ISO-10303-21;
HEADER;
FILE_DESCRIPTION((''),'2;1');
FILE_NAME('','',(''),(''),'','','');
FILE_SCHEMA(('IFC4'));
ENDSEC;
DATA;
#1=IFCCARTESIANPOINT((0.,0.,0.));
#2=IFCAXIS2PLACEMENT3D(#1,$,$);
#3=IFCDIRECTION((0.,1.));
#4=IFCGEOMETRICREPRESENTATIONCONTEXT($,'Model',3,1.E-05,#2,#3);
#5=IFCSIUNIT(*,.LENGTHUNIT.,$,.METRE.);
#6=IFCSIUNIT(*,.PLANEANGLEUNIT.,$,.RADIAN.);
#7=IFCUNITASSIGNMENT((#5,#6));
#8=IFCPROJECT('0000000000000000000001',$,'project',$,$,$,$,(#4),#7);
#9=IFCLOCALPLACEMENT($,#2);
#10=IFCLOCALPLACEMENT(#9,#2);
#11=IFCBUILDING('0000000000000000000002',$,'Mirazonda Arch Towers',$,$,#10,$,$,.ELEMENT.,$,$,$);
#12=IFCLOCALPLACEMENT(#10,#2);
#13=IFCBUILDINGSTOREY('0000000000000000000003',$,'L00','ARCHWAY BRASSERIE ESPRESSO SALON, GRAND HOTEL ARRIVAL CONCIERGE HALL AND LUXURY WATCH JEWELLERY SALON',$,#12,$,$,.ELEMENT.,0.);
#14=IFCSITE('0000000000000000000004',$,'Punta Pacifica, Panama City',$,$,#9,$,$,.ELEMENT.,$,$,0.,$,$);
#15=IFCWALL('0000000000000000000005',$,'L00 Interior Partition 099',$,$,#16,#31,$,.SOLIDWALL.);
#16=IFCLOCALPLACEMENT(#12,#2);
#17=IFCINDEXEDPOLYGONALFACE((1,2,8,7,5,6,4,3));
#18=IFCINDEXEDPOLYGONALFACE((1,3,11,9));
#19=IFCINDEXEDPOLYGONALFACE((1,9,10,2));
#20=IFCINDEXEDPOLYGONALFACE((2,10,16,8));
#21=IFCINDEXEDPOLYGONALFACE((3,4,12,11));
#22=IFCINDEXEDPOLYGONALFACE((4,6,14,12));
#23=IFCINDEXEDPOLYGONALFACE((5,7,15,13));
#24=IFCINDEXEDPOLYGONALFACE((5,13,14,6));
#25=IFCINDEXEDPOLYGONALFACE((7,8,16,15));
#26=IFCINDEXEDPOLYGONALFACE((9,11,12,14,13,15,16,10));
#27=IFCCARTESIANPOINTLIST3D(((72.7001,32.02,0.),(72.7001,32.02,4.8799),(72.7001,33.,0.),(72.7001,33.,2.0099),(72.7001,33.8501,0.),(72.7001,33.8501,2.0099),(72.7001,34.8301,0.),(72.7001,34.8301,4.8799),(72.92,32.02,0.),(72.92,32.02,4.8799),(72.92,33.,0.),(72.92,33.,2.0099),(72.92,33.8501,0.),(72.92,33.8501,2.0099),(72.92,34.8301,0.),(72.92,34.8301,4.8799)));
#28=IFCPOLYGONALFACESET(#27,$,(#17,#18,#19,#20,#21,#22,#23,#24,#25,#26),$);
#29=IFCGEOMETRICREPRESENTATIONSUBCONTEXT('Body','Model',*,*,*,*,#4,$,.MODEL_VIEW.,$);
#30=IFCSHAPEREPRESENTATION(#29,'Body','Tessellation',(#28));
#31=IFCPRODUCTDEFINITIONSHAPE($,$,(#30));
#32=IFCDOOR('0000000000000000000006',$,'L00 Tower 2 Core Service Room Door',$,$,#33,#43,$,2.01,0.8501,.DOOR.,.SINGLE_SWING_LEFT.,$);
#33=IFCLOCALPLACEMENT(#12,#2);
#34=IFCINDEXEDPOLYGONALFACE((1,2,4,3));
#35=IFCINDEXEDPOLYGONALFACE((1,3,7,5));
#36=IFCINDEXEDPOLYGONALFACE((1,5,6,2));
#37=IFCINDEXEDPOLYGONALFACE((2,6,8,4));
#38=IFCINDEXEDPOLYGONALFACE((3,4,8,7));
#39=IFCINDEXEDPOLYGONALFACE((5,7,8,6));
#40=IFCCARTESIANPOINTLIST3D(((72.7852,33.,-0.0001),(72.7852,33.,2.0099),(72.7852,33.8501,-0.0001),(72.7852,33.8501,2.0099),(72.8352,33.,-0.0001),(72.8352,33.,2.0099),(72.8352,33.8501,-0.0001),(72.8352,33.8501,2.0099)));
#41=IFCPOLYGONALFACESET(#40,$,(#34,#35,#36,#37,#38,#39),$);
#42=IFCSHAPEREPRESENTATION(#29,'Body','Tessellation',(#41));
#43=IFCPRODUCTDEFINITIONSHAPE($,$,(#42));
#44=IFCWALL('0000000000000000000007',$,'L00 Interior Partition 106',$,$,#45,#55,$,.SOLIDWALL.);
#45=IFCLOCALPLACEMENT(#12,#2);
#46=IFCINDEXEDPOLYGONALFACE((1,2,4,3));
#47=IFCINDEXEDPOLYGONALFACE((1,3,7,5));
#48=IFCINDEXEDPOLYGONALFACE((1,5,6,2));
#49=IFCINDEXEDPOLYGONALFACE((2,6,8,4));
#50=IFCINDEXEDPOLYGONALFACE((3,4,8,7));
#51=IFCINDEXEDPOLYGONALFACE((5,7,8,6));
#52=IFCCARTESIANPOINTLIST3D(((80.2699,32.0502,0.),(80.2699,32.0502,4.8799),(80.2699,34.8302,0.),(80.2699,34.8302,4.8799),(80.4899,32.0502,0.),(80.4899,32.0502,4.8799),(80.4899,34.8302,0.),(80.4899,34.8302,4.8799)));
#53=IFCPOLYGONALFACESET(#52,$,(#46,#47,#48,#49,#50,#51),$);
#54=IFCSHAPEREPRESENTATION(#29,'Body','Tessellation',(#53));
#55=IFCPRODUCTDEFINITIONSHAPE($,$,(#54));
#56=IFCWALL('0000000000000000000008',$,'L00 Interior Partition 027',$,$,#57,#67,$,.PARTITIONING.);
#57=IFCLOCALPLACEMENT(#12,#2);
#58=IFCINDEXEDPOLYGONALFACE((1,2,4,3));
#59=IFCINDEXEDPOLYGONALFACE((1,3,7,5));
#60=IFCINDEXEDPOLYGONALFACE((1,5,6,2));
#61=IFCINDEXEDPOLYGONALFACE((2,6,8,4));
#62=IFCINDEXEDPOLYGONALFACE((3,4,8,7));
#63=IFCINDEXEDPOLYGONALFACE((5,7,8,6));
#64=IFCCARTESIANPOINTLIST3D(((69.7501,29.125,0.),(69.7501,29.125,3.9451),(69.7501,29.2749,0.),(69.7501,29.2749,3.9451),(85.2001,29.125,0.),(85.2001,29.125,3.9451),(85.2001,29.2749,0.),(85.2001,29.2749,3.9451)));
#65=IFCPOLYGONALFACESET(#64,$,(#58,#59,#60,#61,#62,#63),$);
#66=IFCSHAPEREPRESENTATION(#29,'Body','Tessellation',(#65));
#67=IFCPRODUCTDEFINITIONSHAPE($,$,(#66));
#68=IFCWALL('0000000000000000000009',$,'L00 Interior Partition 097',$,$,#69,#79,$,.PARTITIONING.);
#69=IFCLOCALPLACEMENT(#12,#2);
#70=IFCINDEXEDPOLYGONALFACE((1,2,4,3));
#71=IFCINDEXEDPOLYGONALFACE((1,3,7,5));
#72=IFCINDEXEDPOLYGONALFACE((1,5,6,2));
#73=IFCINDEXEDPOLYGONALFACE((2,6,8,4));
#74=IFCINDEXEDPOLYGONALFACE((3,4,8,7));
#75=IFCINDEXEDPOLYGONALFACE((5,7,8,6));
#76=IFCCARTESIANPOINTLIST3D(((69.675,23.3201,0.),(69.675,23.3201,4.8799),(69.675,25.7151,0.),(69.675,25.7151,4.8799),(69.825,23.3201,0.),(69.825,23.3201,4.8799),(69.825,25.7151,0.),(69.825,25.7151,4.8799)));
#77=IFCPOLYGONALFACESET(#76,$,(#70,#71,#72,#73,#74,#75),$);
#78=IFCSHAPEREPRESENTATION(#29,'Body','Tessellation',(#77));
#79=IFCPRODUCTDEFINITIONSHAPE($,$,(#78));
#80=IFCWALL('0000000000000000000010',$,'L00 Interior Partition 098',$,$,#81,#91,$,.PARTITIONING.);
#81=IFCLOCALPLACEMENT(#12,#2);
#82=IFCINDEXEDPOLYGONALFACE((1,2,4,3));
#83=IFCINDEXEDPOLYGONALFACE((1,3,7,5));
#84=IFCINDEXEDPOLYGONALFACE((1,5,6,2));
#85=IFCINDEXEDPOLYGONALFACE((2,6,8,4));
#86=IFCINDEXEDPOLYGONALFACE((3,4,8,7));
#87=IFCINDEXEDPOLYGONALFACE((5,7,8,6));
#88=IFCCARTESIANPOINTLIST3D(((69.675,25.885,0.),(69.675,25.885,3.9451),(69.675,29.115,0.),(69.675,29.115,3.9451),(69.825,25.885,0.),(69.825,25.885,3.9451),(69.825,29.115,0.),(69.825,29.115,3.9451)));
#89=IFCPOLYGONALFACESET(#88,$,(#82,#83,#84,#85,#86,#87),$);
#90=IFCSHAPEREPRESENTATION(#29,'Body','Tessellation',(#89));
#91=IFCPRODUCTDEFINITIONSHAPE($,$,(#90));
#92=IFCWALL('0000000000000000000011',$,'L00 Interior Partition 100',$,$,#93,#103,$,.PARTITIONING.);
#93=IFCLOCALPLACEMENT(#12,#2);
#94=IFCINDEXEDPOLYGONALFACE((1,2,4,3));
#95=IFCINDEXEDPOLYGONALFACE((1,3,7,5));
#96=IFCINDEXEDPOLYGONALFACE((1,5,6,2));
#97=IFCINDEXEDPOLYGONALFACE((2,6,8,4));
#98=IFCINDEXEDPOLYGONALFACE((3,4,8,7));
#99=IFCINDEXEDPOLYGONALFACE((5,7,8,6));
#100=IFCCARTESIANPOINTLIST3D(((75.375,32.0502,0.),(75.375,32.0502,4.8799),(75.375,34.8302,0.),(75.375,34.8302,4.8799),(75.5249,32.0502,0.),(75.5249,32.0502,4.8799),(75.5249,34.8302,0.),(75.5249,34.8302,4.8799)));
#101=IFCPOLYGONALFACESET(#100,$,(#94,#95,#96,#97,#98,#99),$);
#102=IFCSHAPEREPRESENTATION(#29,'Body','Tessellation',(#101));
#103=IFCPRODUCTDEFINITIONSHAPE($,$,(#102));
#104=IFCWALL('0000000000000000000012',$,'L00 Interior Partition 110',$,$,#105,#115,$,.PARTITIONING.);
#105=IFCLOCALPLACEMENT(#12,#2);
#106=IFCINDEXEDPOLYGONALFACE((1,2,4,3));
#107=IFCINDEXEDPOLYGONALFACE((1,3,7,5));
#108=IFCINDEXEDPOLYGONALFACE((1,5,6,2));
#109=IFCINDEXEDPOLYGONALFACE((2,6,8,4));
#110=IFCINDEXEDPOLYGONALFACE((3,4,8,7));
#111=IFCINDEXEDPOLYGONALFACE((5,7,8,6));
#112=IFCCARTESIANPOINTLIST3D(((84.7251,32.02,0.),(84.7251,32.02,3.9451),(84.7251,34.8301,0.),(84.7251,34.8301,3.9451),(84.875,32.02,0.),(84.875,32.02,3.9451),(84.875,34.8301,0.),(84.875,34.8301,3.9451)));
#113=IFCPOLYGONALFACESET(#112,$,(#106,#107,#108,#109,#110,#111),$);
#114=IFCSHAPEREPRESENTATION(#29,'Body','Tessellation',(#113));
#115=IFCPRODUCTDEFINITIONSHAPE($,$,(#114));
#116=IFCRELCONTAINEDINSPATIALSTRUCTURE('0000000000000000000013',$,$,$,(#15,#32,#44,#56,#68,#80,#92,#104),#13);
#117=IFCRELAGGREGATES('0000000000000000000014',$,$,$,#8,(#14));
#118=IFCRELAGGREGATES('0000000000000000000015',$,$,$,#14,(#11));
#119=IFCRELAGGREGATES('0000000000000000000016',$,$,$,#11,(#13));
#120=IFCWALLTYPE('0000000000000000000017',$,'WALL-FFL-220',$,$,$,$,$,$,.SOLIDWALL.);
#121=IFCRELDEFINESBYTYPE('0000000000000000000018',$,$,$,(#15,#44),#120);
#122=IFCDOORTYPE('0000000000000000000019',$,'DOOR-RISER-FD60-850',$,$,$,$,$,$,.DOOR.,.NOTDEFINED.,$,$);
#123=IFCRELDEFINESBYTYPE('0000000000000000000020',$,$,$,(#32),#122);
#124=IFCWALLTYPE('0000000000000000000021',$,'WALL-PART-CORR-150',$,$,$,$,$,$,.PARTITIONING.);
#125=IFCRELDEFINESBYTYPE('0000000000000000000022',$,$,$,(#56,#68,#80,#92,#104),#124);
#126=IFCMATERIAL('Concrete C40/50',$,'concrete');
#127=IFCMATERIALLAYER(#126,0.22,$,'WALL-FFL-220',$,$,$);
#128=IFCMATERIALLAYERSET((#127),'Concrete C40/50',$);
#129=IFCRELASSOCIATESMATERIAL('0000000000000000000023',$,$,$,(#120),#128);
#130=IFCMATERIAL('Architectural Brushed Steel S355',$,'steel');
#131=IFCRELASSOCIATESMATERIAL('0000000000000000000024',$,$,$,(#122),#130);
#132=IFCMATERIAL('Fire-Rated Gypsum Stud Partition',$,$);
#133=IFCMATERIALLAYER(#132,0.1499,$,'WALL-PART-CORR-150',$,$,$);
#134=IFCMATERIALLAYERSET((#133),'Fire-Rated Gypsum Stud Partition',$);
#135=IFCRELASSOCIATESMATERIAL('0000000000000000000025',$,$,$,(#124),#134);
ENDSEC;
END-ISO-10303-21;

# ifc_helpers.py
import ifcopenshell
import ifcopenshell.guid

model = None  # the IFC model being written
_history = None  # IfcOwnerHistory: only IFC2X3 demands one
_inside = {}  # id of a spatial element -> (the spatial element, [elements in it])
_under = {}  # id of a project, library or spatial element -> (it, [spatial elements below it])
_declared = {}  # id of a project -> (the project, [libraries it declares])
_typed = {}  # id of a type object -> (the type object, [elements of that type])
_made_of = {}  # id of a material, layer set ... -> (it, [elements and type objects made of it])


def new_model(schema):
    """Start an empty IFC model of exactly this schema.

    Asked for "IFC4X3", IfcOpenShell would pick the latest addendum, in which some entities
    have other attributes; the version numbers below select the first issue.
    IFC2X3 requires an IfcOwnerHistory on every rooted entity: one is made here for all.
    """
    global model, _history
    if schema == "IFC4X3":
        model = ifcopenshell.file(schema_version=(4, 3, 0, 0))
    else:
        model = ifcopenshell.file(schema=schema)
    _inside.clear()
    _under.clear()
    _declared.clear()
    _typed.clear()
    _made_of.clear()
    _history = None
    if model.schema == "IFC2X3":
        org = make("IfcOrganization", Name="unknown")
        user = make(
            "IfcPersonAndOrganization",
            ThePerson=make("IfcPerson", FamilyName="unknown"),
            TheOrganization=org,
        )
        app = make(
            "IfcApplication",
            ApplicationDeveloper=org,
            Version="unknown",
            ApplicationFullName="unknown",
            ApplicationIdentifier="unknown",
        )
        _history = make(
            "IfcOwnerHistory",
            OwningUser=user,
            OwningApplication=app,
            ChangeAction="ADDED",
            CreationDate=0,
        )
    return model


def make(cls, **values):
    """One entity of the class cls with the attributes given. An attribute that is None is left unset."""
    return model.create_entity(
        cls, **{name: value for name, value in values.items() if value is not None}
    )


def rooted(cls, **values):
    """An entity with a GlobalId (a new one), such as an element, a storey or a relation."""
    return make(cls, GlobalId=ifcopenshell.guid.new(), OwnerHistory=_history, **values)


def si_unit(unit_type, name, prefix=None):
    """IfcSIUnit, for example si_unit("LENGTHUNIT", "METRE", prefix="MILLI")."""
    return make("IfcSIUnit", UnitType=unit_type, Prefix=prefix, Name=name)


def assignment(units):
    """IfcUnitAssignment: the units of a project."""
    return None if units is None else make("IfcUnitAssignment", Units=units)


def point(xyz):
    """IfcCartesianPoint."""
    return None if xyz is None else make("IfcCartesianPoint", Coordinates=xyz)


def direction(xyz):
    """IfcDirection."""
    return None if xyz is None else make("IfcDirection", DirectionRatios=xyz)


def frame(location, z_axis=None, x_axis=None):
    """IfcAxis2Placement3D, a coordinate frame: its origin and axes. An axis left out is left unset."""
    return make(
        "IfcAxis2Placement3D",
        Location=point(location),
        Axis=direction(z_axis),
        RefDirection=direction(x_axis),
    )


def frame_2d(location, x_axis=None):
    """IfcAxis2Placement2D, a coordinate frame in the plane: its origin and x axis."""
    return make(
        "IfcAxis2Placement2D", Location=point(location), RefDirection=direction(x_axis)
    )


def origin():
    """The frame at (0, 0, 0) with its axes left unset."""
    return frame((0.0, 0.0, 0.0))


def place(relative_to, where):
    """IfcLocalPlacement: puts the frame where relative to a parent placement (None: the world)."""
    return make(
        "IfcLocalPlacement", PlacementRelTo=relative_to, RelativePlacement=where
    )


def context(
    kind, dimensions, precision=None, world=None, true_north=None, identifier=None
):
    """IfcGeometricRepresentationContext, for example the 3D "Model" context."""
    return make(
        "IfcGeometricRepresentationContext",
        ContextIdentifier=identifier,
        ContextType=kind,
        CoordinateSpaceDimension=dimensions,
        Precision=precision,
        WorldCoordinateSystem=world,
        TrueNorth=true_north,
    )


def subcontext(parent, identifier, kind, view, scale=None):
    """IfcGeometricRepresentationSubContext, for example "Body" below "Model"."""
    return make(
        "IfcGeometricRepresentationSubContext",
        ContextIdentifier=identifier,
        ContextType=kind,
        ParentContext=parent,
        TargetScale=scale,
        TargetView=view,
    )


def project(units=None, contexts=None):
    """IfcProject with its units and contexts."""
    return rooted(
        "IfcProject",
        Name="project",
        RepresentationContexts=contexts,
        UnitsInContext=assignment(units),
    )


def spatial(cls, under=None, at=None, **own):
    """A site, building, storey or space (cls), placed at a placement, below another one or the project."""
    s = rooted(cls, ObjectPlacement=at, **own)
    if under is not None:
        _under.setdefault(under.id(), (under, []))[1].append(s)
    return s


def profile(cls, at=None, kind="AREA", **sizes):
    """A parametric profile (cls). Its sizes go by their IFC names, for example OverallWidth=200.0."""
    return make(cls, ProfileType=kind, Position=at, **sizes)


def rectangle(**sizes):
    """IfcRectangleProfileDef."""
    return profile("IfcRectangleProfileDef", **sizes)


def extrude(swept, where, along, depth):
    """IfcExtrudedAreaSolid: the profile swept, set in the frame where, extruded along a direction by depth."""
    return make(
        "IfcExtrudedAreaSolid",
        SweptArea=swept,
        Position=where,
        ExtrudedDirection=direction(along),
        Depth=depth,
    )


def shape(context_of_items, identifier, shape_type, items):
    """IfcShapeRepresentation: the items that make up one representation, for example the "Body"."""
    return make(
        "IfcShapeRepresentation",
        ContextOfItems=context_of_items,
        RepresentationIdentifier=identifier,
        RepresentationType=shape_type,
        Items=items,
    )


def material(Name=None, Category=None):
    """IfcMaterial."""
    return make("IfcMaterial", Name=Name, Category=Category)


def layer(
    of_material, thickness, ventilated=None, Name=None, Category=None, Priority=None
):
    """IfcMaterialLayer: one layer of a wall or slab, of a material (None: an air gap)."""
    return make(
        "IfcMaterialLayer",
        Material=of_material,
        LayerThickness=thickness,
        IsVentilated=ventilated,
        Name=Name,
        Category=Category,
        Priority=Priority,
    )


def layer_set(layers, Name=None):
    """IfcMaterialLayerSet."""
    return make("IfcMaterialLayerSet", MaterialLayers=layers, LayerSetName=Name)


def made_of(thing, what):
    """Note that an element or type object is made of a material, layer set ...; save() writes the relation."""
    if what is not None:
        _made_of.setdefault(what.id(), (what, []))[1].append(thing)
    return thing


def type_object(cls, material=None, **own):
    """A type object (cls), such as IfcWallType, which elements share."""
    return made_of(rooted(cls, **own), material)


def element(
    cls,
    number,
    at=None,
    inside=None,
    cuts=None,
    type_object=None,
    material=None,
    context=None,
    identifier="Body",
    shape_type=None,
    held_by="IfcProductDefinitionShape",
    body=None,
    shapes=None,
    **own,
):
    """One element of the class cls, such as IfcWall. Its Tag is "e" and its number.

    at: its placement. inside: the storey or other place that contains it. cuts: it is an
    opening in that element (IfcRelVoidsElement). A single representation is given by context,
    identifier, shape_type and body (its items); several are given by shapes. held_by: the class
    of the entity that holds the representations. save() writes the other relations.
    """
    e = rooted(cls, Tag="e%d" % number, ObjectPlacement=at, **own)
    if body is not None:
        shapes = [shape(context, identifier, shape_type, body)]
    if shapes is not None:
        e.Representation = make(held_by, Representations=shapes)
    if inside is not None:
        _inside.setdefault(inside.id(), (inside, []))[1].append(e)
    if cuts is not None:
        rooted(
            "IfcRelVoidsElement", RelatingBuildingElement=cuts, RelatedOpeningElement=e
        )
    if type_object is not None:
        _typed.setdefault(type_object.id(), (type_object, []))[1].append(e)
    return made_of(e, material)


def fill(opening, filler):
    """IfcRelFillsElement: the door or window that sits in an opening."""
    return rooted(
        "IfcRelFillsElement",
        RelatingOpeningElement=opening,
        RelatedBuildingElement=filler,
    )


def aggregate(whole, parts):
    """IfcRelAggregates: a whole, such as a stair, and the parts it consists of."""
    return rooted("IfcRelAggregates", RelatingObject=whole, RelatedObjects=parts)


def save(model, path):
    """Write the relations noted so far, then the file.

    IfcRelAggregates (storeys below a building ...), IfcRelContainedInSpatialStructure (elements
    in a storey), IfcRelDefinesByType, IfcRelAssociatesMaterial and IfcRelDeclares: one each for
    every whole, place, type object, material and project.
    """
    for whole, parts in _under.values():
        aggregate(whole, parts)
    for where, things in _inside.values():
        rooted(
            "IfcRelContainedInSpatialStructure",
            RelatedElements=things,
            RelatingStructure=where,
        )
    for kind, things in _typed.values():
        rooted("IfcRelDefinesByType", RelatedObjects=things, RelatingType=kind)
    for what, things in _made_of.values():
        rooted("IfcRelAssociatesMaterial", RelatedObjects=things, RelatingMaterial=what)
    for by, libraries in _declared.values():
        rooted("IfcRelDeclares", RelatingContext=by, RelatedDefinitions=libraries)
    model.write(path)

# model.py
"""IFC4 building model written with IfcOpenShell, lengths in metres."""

from ifc_helpers import new_model, si_unit, direction, frame, frame_2d, origin, place, context, subcontext, project, spatial, rectangle, extrude, material, layer, layer_set, type_object, element, fill, save


model = new_model("IFC4")

# Units and contexts
model_context = context("Model", 3, precision=1e-05, world=origin(), true_north=direction((0.0, 1.0)))
body_context = subcontext(model_context, "Body", "Model", "MODEL_VIEW")
ifc_project = project(units=[si_unit("LENGTHUNIT", "METRE"), si_unit("PLANEANGLEUNIT", "RADIAN")], contexts=[model_context])

# Site, building, storey
site_placement = place(None, origin())
site = spatial("IfcSite", under=ifc_project, at=site_placement, Name="Punta Pacifica, Panama City", CompositionType="ELEMENT", RefElevation=0.0)
building_placement = place(site_placement, origin())
building = spatial("IfcBuilding", under=site, at=building_placement, Name="Mirazonda Arch Towers", CompositionType="ELEMENT")
storey_placement = place(building_placement, origin())
storey = spatial("IfcBuildingStorey", under=building, at=storey_placement, Name="L00", Description="ARCHWAY BRASSERIE ESPRESSO SALON, GRAND HOTEL ARRIVAL CONCIERGE HALL AND LUXURY WATCH JEWELLERY SALON", CompositionType="ELEMENT", Elevation=0.0)

# Wall, opening, door
ifc_material_1 = material(Name="Concrete C40/50", Category="concrete")
ifc_layer_1 = layer(ifc_material_1, 0.22, Name="WALL-FFL-220")
ifc_layer_set_1 = layer_set([ifc_layer_1], Name="Concrete C40/50")
wall_type_1 = type_object("IfcWallType", Name="WALL-FFL-220", PredefinedType="SOLIDWALL", material=ifc_layer_set_1)
wall_1_placement = place(storey_placement, frame((72.8101, 32.02, 0.0), z_axis=(0.0, 0.0, 1.0), x_axis=(0.0, 1.0, 0.0)))
wall_1 = element("IfcWall", 1, at=wall_1_placement, inside=storey, type_object=wall_type_1, Name="L00 Interior Partition 099", PredefinedType="SOLIDWALL", context=body_context, shape_type="SweptSolid", body=[
    extrude(rectangle(XDim=2.8101, YDim=0.22, at=frame_2d((1.405, 0.0))), origin(), (0.0, 0.0, 1.0), 4.8799),
])
opening_placement = place(wall_1_placement, frame((0.98, 0.0, 0.0)))
opening = element("IfcOpeningElement", 2, at=opening_placement, cuts=wall_1, PredefinedType="OPENING", context=body_context, shape_type="SweptSolid", body=[
    extrude(rectangle(XDim=0.8501, YDim=2.01, at=frame_2d((0.425, 1.0049))), frame((0.0, 0.1199, 0.0), z_axis=(0.0, -1.0, 0.0), x_axis=(1.0, 0.0, 0.0)), (0.0, 0.0, 1.0), 0.24),
])
ifc_material_2 = material(Name="Architectural Brushed Steel S355", Category="steel")
door_type = type_object("IfcDoorType", Name="DOOR-RISER-FD60-850", OperationType="NOTDEFINED", PredefinedType="DOOR", material=ifc_material_2)
door_placement = place(opening_placement, origin())
door = element("IfcDoor", 3, at=door_placement, inside=storey, type_object=door_type, Name="L00 Tower 2 Core Service Room Door", OperationType="SINGLE_SWING_LEFT", OverallHeight=2.01, OverallWidth=0.8501, PredefinedType="DOOR", context=body_context, shape_type="SweptSolid", body=[
    extrude(rectangle(XDim=0.8501, YDim=2.01, at=frame_2d((0.425, 1.0049))), frame((0.0, 0.0249, 0.0), z_axis=(0.0, -1.0, 0.0), x_axis=(1.0, 0.0, 0.0)), (0.0, 0.0, 1.0), 0.05),
])
fill(opening, door)

# Walls
wall_2_placement = place(storey_placement, frame((80.3799, 32.05, 0.0), z_axis=(0.0, 0.0, 1.0), x_axis=(0.0, 1.0, 0.0)))
element("IfcWall", 4, at=wall_2_placement, inside=storey, type_object=wall_type_1, Name="L00 Interior Partition 106", PredefinedType="SOLIDWALL", context=body_context, shape_type="SweptSolid", body=[
    extrude(rectangle(XDim=2.78, YDim=0.22, at=frame_2d((1.3901, 0.0))), origin(), (0.0, 0.0, 1.0), 4.8799),
])
ifc_material_3 = material(Name="Fire-Rated Gypsum Stud Partition")
ifc_layer_2 = layer(ifc_material_3, 0.1499, Name="WALL-PART-CORR-150")
ifc_layer_set_2 = layer_set([ifc_layer_2], Name="Fire-Rated Gypsum Stud Partition")
wall_type_2 = type_object("IfcWallType", Name="WALL-PART-CORR-150", PredefinedType="PARTITIONING", material=ifc_layer_set_2)
wall_3_placement = place(storey_placement, frame((69.75, 29.2, 0.0), z_axis=(0.0, 0.0, 1.0), x_axis=(1.0, 0.0, 0.0)))
element("IfcWall", 5, at=wall_3_placement, inside=storey, type_object=wall_type_2, Name="L00 Interior Partition 027", PredefinedType="PARTITIONING", context=body_context, shape_type="SweptSolid", body=[
    extrude(rectangle(XDim=15.45, YDim=0.1499, at=frame_2d((7.7251, 0.0))), origin(), (0.0, 0.0, 1.0), 3.9451),
])
wall_4_placement = place(storey_placement, frame((69.75, 23.3201, 0.0), z_axis=(0.0, 0.0, 1.0), x_axis=(0.0, 1.0, 0.0)))
element("IfcWall", 6, at=wall_4_placement, inside=storey, type_object=wall_type_2, Name="L00 Interior Partition 097", PredefinedType="PARTITIONING", context=body_context, shape_type="SweptSolid", body=[
    extrude(rectangle(XDim=2.395, YDim=0.1499, at=frame_2d((1.1975, 0.0))), origin(), (0.0, 0.0, 1.0), 4.8799),
])
wall_5_placement = place(storey_placement, frame((69.75, 25.885, 0.0), z_axis=(0.0, 0.0, 1.0), x_axis=(0.0, 1.0, 0.0)))
element("IfcWall", 7, at=wall_5_placement, inside=storey, type_object=wall_type_2, Name="L00 Interior Partition 098", PredefinedType="PARTITIONING", context=body_context, shape_type="SweptSolid", body=[
    extrude(rectangle(XDim=3.23, YDim=0.1499, at=frame_2d((1.615, 0.0))), origin(), (0.0, 0.0, 1.0), 3.9451),
])
wall_6_placement = place(storey_placement, frame((75.45, 32.05, 0.0), z_axis=(0.0, 0.0, 1.0), x_axis=(0.0, 1.0, 0.0)))
element("IfcWall", 8, at=wall_6_placement, inside=storey, type_object=wall_type_2, Name="L00 Interior Partition 100", PredefinedType="PARTITIONING", context=body_context, shape_type="SweptSolid", body=[
    extrude(rectangle(XDim=2.78, YDim=0.1499, at=frame_2d((1.3901, 0.0))), origin(), (0.0, 0.0, 1.0), 4.8799),
])
wall_7_placement = place(storey_placement, frame((84.8, 32.02, 0.0), z_axis=(0.0, 0.0, 1.0), x_axis=(0.0, 1.0, 0.0)))
element("IfcWall", 9, at=wall_7_placement, inside=storey, type_object=wall_type_2, Name="L00 Interior Partition 110", PredefinedType="PARTITIONING", context=body_context, shape_type="SweptSolid", body=[
    extrude(rectangle(XDim=2.8101, YDim=0.1499, at=frame_2d((1.405, 0.0))), origin(), (0.0, 0.0, 1.0), 3.9451),
])

save(model, "model.ifc")
